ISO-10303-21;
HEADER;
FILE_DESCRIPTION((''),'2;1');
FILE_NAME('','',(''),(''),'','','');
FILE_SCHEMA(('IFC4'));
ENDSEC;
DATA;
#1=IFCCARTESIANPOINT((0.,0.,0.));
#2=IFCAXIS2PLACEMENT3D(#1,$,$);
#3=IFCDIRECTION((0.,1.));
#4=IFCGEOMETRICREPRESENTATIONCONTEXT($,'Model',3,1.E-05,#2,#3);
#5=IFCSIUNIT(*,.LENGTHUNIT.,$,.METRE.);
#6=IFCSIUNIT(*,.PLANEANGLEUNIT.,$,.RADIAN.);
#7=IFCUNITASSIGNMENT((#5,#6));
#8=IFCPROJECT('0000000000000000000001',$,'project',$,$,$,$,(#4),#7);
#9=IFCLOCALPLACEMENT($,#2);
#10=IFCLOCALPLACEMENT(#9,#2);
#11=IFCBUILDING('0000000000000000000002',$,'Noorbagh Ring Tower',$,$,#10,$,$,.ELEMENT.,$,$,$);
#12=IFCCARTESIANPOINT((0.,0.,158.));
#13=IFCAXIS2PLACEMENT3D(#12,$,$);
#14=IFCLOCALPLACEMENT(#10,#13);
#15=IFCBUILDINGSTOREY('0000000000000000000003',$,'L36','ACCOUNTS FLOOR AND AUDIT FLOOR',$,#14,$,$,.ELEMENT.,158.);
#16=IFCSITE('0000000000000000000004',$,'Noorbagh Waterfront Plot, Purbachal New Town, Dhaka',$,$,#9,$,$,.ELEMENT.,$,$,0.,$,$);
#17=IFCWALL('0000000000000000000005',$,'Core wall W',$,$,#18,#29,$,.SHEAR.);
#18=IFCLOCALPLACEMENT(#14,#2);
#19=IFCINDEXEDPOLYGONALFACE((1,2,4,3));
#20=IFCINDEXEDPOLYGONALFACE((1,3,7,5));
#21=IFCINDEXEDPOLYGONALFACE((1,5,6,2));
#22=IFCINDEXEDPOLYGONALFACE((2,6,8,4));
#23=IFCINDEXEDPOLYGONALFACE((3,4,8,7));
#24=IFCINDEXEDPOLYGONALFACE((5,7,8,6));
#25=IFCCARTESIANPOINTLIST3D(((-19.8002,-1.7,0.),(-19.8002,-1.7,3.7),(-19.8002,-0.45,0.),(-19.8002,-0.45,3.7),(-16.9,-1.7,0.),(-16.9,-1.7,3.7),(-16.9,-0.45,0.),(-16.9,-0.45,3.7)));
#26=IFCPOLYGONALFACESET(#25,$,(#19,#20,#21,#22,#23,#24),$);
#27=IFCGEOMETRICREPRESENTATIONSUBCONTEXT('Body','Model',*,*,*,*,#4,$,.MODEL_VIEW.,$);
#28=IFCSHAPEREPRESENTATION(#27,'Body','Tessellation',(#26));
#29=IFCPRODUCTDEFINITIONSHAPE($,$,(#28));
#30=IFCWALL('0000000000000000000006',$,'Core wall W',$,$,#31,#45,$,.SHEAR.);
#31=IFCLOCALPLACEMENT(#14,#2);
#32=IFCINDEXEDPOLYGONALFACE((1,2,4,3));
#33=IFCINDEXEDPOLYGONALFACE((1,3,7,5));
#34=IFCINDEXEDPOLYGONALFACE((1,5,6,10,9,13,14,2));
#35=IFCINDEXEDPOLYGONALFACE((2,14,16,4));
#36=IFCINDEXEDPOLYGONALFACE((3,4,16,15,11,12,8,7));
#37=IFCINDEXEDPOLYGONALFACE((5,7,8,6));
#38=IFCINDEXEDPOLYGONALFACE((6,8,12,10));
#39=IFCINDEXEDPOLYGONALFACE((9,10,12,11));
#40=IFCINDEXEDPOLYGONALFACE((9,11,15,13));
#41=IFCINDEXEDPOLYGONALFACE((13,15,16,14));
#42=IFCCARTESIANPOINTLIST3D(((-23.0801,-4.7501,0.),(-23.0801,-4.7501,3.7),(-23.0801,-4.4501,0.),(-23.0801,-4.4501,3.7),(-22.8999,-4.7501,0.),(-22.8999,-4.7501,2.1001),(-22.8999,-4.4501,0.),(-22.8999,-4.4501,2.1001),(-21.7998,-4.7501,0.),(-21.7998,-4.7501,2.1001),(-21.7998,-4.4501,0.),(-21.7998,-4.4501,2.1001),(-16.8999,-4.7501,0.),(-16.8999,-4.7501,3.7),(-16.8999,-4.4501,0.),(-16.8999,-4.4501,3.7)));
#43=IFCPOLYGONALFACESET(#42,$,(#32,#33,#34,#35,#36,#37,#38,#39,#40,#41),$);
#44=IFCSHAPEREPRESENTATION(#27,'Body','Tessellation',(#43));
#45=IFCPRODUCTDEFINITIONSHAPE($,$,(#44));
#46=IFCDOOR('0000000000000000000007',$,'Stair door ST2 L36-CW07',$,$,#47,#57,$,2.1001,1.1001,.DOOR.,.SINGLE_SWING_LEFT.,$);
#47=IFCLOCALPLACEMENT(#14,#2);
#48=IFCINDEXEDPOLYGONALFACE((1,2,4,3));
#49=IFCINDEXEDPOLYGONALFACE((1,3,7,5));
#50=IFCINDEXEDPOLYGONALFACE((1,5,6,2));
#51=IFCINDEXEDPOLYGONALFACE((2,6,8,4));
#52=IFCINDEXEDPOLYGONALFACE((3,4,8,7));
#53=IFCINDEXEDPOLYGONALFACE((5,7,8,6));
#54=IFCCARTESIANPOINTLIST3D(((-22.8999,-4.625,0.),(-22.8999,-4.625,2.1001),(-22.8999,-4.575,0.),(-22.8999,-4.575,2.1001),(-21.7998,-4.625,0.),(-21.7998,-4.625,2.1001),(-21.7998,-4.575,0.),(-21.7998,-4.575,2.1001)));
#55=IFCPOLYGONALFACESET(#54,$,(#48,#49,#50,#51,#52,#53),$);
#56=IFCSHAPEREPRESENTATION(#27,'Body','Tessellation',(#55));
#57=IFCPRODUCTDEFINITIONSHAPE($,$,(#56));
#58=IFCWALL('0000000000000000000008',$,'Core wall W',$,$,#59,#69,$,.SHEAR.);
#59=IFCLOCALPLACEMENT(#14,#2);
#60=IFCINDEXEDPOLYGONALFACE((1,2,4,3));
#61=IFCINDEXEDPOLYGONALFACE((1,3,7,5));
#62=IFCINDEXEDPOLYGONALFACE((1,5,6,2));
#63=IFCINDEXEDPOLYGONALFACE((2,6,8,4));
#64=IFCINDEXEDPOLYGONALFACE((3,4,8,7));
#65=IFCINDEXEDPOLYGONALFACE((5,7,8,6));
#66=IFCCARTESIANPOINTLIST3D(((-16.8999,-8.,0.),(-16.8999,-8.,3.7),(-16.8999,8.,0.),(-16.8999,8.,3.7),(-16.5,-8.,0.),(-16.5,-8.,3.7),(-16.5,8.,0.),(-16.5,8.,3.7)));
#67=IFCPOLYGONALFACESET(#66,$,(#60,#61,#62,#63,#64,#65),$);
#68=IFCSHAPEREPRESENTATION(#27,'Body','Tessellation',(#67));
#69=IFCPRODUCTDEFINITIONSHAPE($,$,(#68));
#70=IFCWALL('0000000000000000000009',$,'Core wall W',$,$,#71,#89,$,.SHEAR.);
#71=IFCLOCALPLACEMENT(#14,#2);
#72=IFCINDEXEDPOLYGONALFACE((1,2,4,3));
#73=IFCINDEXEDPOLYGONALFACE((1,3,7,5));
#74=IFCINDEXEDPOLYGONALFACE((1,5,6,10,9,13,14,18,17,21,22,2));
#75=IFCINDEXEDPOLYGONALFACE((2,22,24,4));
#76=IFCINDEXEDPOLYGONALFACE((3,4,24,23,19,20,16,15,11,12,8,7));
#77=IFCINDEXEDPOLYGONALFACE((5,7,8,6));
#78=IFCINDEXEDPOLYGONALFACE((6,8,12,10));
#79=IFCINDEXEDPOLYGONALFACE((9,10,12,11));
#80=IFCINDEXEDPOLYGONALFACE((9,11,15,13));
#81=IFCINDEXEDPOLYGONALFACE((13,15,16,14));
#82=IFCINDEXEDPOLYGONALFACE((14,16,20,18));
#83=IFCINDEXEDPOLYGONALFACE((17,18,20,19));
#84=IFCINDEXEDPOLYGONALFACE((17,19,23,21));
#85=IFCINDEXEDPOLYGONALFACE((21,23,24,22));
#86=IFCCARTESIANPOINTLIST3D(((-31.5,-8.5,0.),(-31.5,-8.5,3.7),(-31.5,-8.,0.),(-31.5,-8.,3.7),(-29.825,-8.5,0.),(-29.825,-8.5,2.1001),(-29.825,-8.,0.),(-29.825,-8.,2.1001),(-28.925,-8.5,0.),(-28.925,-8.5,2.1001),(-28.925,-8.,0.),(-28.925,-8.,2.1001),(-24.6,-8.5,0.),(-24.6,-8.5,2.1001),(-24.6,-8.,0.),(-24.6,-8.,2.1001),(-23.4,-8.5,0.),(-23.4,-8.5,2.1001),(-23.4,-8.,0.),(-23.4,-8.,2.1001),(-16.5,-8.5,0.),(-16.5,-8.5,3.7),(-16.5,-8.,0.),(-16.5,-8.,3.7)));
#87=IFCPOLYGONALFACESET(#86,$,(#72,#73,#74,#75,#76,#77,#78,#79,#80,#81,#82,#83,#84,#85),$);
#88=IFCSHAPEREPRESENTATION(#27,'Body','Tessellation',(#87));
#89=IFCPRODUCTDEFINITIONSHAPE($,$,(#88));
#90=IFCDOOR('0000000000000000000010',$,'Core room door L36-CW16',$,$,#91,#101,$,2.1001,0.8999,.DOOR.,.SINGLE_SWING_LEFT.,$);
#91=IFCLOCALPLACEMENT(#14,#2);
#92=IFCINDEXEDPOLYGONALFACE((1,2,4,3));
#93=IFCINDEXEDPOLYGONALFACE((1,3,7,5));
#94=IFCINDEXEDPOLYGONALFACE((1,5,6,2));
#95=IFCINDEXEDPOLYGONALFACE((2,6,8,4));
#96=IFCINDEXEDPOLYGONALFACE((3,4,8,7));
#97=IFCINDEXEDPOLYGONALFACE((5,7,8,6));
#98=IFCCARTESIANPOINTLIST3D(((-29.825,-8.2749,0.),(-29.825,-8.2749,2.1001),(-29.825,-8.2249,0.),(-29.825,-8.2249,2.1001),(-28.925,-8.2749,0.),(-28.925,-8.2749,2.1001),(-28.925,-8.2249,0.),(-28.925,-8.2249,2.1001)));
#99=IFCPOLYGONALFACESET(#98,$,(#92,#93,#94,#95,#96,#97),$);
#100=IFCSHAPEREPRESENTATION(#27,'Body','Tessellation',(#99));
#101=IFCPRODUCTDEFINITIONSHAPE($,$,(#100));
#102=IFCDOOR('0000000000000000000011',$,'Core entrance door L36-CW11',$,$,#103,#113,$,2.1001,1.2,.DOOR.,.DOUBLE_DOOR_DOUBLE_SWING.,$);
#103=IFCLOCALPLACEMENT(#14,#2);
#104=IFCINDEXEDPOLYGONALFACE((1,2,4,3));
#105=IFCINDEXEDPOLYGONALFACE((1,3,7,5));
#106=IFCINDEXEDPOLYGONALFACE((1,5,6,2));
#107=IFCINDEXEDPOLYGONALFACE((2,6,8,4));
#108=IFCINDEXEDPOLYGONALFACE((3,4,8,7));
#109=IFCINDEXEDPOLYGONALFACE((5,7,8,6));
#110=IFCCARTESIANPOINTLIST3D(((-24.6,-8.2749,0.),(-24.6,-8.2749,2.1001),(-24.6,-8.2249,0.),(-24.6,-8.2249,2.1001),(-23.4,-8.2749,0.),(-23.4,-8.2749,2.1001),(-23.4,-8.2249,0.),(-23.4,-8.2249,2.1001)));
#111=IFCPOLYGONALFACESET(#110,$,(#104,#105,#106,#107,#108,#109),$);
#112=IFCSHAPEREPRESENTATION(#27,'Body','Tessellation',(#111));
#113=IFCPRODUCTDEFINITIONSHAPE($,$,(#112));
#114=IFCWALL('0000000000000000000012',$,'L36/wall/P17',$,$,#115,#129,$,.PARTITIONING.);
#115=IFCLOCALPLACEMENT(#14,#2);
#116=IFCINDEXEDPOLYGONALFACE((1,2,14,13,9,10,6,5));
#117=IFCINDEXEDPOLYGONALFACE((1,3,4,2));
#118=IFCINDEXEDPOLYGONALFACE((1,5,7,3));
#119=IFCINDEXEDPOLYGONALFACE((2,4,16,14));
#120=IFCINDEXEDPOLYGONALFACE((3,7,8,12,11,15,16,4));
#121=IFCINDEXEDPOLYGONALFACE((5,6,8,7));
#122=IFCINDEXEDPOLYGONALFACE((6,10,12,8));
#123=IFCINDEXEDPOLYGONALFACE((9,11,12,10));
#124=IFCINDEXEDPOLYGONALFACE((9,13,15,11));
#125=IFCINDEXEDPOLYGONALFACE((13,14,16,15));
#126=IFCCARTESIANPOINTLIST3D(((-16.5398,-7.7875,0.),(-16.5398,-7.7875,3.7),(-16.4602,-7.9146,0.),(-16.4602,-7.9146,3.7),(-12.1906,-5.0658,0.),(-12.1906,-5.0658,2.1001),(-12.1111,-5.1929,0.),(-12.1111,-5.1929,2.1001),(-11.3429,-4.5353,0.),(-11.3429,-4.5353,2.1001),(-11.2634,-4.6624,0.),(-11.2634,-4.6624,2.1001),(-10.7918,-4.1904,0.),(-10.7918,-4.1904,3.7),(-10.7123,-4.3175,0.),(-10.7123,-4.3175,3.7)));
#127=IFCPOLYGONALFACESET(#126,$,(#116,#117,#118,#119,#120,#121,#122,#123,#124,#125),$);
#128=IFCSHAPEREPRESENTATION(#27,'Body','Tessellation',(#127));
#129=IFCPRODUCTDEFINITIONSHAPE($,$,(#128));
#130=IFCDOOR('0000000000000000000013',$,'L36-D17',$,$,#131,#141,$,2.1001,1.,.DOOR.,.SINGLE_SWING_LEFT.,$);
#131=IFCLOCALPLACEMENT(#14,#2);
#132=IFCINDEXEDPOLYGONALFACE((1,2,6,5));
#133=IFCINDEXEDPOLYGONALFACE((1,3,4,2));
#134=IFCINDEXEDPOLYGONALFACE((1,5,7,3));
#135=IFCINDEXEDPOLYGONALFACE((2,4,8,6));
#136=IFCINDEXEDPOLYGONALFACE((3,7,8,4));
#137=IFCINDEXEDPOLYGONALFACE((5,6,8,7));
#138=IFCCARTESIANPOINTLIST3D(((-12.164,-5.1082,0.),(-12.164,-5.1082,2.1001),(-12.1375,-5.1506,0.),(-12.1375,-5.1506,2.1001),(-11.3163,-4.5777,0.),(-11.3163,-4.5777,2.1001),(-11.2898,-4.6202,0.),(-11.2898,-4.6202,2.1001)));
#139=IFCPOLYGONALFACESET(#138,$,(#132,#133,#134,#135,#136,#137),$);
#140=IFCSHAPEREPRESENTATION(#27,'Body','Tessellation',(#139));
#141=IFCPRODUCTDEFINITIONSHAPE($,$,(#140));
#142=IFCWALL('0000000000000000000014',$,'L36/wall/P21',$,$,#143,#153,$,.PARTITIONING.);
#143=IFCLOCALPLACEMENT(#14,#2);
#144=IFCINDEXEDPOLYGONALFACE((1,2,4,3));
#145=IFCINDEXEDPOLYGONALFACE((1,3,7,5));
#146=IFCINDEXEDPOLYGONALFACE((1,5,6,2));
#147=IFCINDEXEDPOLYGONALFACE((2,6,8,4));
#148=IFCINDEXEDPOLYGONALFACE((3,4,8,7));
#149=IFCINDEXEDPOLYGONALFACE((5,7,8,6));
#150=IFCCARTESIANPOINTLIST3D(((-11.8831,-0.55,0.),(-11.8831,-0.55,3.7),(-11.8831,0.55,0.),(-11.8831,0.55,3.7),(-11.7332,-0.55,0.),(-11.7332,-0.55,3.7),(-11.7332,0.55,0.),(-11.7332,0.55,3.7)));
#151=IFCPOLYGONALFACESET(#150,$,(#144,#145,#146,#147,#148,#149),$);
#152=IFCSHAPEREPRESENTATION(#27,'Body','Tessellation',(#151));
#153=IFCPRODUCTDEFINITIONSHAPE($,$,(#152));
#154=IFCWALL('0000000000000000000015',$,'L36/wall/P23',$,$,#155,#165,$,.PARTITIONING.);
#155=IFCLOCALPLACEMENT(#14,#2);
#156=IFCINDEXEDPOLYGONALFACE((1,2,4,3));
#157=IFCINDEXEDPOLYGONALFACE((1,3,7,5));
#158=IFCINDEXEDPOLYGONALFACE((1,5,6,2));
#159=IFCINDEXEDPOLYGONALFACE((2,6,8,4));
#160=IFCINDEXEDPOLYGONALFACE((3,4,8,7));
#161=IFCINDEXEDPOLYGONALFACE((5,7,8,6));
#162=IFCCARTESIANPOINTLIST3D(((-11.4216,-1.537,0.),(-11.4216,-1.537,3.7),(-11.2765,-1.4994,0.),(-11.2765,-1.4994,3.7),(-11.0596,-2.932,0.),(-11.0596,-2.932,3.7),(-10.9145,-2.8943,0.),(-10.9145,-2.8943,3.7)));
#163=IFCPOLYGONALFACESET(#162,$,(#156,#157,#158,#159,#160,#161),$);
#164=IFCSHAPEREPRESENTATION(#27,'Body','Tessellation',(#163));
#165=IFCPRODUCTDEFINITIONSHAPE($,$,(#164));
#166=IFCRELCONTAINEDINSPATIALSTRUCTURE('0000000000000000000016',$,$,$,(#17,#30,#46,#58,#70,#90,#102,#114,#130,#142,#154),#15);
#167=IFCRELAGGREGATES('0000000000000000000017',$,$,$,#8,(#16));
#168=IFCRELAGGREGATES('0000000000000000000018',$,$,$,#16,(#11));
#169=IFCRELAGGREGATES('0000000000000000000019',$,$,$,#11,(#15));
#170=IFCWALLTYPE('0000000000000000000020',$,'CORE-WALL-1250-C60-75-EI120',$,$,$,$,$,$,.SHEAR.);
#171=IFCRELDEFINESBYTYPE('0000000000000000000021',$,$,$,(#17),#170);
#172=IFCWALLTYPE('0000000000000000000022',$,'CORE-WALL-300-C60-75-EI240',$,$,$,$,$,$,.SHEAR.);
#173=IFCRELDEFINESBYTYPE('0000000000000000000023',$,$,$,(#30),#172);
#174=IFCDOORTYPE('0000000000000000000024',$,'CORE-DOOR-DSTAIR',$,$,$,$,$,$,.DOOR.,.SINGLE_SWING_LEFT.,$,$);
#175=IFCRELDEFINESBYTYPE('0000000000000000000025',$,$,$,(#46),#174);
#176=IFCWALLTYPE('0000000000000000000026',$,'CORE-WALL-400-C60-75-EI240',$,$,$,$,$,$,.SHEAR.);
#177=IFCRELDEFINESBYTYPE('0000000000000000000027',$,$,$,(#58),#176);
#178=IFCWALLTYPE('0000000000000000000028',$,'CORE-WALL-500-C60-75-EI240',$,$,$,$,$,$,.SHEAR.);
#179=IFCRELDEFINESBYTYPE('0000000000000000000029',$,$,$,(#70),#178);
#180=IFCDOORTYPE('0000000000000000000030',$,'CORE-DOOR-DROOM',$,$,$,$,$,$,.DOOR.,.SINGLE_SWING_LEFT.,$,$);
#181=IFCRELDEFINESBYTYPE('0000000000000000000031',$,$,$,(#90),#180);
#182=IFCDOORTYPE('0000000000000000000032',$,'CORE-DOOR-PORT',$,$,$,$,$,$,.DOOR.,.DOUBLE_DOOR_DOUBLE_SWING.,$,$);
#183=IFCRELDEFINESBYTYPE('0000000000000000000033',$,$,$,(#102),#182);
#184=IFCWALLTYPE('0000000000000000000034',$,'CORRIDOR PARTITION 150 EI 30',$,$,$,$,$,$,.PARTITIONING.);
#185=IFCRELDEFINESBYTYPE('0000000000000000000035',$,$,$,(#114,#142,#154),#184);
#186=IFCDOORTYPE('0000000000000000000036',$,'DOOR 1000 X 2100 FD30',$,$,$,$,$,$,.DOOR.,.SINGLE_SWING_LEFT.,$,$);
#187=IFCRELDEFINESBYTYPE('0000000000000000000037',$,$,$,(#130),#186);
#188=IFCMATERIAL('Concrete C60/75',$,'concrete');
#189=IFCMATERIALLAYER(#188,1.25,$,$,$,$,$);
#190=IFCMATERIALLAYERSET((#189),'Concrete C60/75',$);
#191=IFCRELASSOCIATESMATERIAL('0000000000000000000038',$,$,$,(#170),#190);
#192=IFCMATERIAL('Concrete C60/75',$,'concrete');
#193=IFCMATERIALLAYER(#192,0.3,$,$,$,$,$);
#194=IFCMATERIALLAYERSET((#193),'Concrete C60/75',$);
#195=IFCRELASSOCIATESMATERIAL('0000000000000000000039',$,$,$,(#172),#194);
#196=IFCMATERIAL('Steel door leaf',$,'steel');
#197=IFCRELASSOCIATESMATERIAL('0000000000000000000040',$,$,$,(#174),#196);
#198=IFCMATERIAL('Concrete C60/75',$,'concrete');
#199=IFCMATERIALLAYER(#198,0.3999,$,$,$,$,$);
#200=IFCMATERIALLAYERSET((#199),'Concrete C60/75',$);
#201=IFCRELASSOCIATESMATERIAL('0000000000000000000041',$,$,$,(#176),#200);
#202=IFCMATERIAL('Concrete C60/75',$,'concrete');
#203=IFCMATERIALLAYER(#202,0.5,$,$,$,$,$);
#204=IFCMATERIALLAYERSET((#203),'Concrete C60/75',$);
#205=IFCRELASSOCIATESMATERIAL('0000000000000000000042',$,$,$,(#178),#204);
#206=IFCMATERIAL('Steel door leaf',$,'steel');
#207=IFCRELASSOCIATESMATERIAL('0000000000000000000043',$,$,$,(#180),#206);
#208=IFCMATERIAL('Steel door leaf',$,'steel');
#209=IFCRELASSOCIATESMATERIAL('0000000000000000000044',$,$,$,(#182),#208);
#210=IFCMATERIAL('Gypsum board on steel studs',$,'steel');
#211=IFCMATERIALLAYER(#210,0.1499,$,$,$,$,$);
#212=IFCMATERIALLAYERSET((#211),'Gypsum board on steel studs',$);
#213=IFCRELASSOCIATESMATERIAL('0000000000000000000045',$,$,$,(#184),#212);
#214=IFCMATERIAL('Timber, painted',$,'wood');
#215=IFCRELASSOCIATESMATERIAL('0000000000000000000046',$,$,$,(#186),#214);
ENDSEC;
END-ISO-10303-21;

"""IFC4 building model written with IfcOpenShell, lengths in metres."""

from ifc_helpers import new_model, si_unit, direction, frame, frame_2d, origin, place, context, subcontext, project, spatial, rectangle, extrude, material, layer, layer_set, type_object, element, fill, save


model = new_model("IFC4")

# Units and contexts
model_context = context("Model", 3, precision=1e-05, world=origin(), true_north=direction((0.0, 1.0)))
body_context = subcontext(model_context, "Body", "Model", "MODEL_VIEW")
ifc_project = project(units=[si_unit("LENGTHUNIT", "METRE"), si_unit("PLANEANGLEUNIT", "RADIAN")], contexts=[model_context])

# Site, building, storey
site_placement = place(None, origin())
site = spatial("IfcSite", under=ifc_project, at=site_placement, Name="Noorbagh Waterfront Plot, Purbachal New Town, Dhaka", CompositionType="ELEMENT", RefElevation=0.0)
building_placement = place(site_placement, origin())
building = spatial("IfcBuilding", under=site, at=building_placement, Name="Noorbagh Ring Tower", CompositionType="ELEMENT")
storey_placement = place(building_placement, frame((0.0, 0.0, 158.0)))
storey = spatial("IfcBuildingStorey", under=building, at=storey_placement, Name="L36", Description="ACCOUNTS FLOOR AND AUDIT FLOOR", CompositionType="ELEMENT", Elevation=158.0)

# Wall
ifc_material_1 = material(Name="Concrete C60/75", Category="concrete")
ifc_layer_1 = layer(ifc_material_1, 1.25)
ifc_layer_set_1 = layer_set([ifc_layer_1], Name="Concrete C60/75")
wall_type_1 = type_object("IfcWallType", Name="CORE-WALL-1250-C60-75-EI120", PredefinedType="SHEAR", material=ifc_layer_set_1)
wall_1_placement = place(storey_placement, frame((-16.8999, -1.075, 0.0), z_axis=(0.0, 0.0, 1.0), x_axis=(-1.0, 0.0, 0.0)))
element("IfcWall", 1, at=wall_1_placement, inside=storey, type_object=wall_type_1, Name="Core wall W", PredefinedType="SHEAR", context=body_context, shape_type="SweptSolid", body=[
    extrude(rectangle(XDim=2.9001, YDim=1.25, at=frame_2d((1.4502, 0.0))), origin(), (0.0, 0.0, 1.0), 3.7),
])

# Wall, opening, door
ifc_material_2 = material(Name="Concrete C60/75", Category="concrete")
ifc_layer_2 = layer(ifc_material_2, 0.3)
ifc_layer_set_2 = layer_set([ifc_layer_2], Name="Concrete C60/75")
wall_type_2 = type_object("IfcWallType", Name="CORE-WALL-300-C60-75-EI240", PredefinedType="SHEAR", material=ifc_layer_set_2)
wall_2_placement = place(storey_placement, frame((-16.8999, -4.6001, 0.0), z_axis=(0.0, 0.0, 1.0), x_axis=(-1.0, 0.0, 0.0)))
wall_2 = element("IfcWall", 2, at=wall_2_placement, inside=storey, type_object=wall_type_2, Name="Core wall W", PredefinedType="SHEAR", context=body_context, shape_type="SweptSolid", body=[
    extrude(rectangle(XDim=6.1802, YDim=0.3, at=frame_2d((3.0901, 0.0))), origin(), (0.0, 0.0, 1.0), 3.7),
])
opening_1_placement = place(wall_2_placement, frame((4.8999, 0.0, 0.0)))
opening_1 = element("IfcOpeningElement", 3, at=opening_1_placement, cuts=wall_2, PredefinedType="OPENING", context=body_context, shape_type="SweptSolid", body=[
    extrude(rectangle(XDim=1.1001, YDim=2.1001, at=frame_2d((0.55, 1.05))), frame((0.0, 0.1602, 0.0), z_axis=(0.0, -1.0, 0.0), x_axis=(1.0, 0.0, 0.0)), (0.0, 0.0, 1.0), 0.3201),
])
ifc_material_3 = material(Name="Steel door leaf", Category="steel")
door_type_1 = type_object("IfcDoorType", Name="CORE-DOOR-DSTAIR", OperationType="SINGLE_SWING_LEFT", PredefinedType="DOOR", material=ifc_material_3)
door_1_placement = place(opening_1_placement, origin())
door_1 = element("IfcDoor", 4, at=door_1_placement, inside=storey, type_object=door_type_1, Name="Stair door ST2 L36-CW07", OperationType="SINGLE_SWING_LEFT", OverallHeight=2.1001, OverallWidth=1.1001, PredefinedType="DOOR", context=body_context, shape_type="SweptSolid", body=[
    extrude(rectangle(XDim=1.1001, YDim=2.1001, at=frame_2d((0.55, 1.05))), frame((0.0, 0.0249, 0.0), z_axis=(0.0, -1.0, 0.0), x_axis=(1.0, 0.0, 0.0)), (0.0, 0.0, 1.0), 0.05),
])
fill(opening_1, door_1)

# Wall
ifc_material_4 = material(Name="Concrete C60/75", Category="concrete")
ifc_layer_3 = layer(ifc_material_4, 0.3999)
ifc_layer_set_3 = layer_set([ifc_layer_3], Name="Concrete C60/75")
wall_type_3 = type_object("IfcWallType", Name="CORE-WALL-400-C60-75-EI240", PredefinedType="SHEAR", material=ifc_layer_set_3)
wall_3_placement = place(storey_placement, frame((-16.7, -8.0, 0.0), z_axis=(0.0, 0.0, 1.0), x_axis=(0.0, 1.0, 0.0)))
element("IfcWall", 5, at=wall_3_placement, inside=storey, type_object=wall_type_3, Name="Core wall W", PredefinedType="SHEAR", context=body_context, shape_type="SweptSolid", body=[
    extrude(rectangle(XDim=16.0, YDim=0.3999, at=frame_2d((8.0, 0.0))), origin(), (0.0, 0.0, 1.0), 3.7),
])

# Wall, openings, doors
ifc_material_5 = material(Name="Concrete C60/75", Category="concrete")
ifc_layer_4 = layer(ifc_material_5, 0.5)
ifc_layer_set_4 = layer_set([ifc_layer_4], Name="Concrete C60/75")
wall_type_4 = type_object("IfcWallType", Name="CORE-WALL-500-C60-75-EI240", PredefinedType="SHEAR", material=ifc_layer_set_4)
wall_4_placement = place(storey_placement, frame((-16.5, -8.25, 0.0), z_axis=(0.0, 0.0, 1.0), x_axis=(-1.0, 0.0, 0.0)))
wall_4 = element("IfcWall", 6, at=wall_4_placement, inside=storey, type_object=wall_type_4, Name="Core wall W", PredefinedType="SHEAR", context=body_context, shape_type="SweptSolid", body=[
    extrude(rectangle(XDim=15.0, YDim=0.5, at=frame_2d((7.5, 0.0))), origin(), (0.0, 0.0, 1.0), 3.7),
])
opening_2_placement = place(wall_4_placement, frame((6.8999, 0.0, 0.0)))
opening_2 = element("IfcOpeningElement", 7, at=opening_2_placement, cuts=wall_4, PredefinedType="OPENING", context=body_context, shape_type="SweptSolid", body=[
    extrude(rectangle(XDim=1.2, YDim=2.1001, at=frame_2d((0.6001, 1.05))), frame((0.0, 0.26, 0.0), z_axis=(0.0, -1.0, 0.0), x_axis=(1.0, 0.0, 0.0)), (0.0, 0.0, 1.0), 0.52),
])
opening_3_placement = place(wall_4_placement, frame((12.425, 0.0, 0.0)))
opening_3 = element("IfcOpeningElement", 8, at=opening_3_placement, cuts=wall_4, PredefinedType="OPENING", context=body_context, shape_type="SweptSolid", body=[
    extrude(rectangle(XDim=0.8999, YDim=2.1001, at=frame_2d((0.45, 1.05))), frame((0.0, 0.26, 0.0), z_axis=(0.0, -1.0, 0.0), x_axis=(1.0, 0.0, 0.0)), (0.0, 0.0, 1.0), 0.52),
])
ifc_material_6 = material(Name="Steel door leaf", Category="steel")
door_type_2 = type_object("IfcDoorType", Name="CORE-DOOR-DROOM", OperationType="SINGLE_SWING_LEFT", PredefinedType="DOOR", material=ifc_material_6)
door_2_placement = place(opening_3_placement, origin())
door_2 = element("IfcDoor", 9, at=door_2_placement, inside=storey, type_object=door_type_2, Name="Core room door L36-CW16", OperationType="SINGLE_SWING_LEFT", OverallHeight=2.1001, OverallWidth=0.8999, PredefinedType="DOOR", context=body_context, shape_type="SweptSolid", body=[
    extrude(rectangle(XDim=0.8999, YDim=2.1001, at=frame_2d((0.45, 1.05))), frame((0.0, 0.0249, 0.0), z_axis=(0.0, -1.0, 0.0), x_axis=(1.0, 0.0, 0.0)), (0.0, 0.0, 1.0), 0.05),
])
fill(opening_3, door_2)
ifc_material_7 = material(Name="Steel door leaf", Category="steel")
door_type_3 = type_object("IfcDoorType", Name="CORE-DOOR-PORT", OperationType="DOUBLE_DOOR_DOUBLE_SWING", PredefinedType="DOOR", material=ifc_material_7)
door_3_placement = place(opening_2_placement, origin())
door_3 = element("IfcDoor", 10, at=door_3_placement, inside=storey, type_object=door_type_3, Name="Core entrance door L36-CW11", OperationType="DOUBLE_DOOR_DOUBLE_SWING", OverallHeight=2.1001, OverallWidth=1.2, PredefinedType="DOOR", context=body_context, shape_type="SweptSolid", body=[
    extrude(rectangle(XDim=1.2, YDim=2.1001, at=frame_2d((0.6001, 1.05))), frame((0.0, 0.0249, 0.0), z_axis=(0.0, -1.0, 0.0), x_axis=(1.0, 0.0, 0.0)), (0.0, 0.0, 1.0), 0.05),
])
fill(opening_2, door_3)

# Wall, opening, door
ifc_material_8 = material(Name="Gypsum board on steel studs", Category="steel")
ifc_layer_5 = layer(ifc_material_8, 0.1499)
ifc_layer_set_5 = layer_set([ifc_layer_5], Name="Gypsum board on steel studs")
wall_type_5 = type_object("IfcWallType", Name="CORRIDOR PARTITION 150 EI 30", PredefinedType="PARTITIONING", material=ifc_layer_set_5)
wall_5_placement = place(storey_placement, frame((-16.5, -7.8511, 0.0), z_axis=(0.0, 0.0, 1.0), x_axis=(0.847691, 0.530491, 0.0)))
wall_5 = element("IfcWall", 11, at=wall_5_placement, inside=storey, type_object=wall_type_5, Name="L36/wall/P17", PredefinedType="PARTITIONING", context=body_context, shape_type="SweptSolid", body=[
    extrude(rectangle(XDim=6.7808, YDim=0.1499, at=frame_2d((3.3904, 0.0))), origin(), (0.0, 0.0, 1.0), 3.7),
])
opening_4_placement = place(wall_5_placement, frame((5.1306, 0.0, 0.0)))
opening_4 = element("IfcOpeningElement", 12, at=opening_4_placement, cuts=wall_5, PredefinedType="OPENING", context=body_context, shape_type="SweptSolid", body=[
    extrude(rectangle(XDim=1.0, YDim=2.1001, at=frame_2d((0.5, 1.05))), frame((0.0, 0.085, 0.0), z_axis=(0.0, -1.0, 0.0), x_axis=(1.0, 0.0, 0.0)), (0.0, 0.0, 1.0), 0.1699),
])
ifc_material_9 = material(Name="Timber, painted", Category="wood")
door_type_4 = type_object("IfcDoorType", Name="DOOR 1000 X 2100 FD30", OperationType="SINGLE_SWING_LEFT", PredefinedType="DOOR", material=ifc_material_9)
door_4_placement = place(opening_4_placement, origin())
door_4 = element("IfcDoor", 13, at=door_4_placement, inside=storey, type_object=door_type_4, Name="L36-D17", OperationType="SINGLE_SWING_LEFT", OverallHeight=2.1001, OverallWidth=1.0, PredefinedType="DOOR", context=body_context, shape_type="SweptSolid", body=[
    extrude(rectangle(XDim=1.0, YDim=2.1001, at=frame_2d((0.5, 1.05))), frame((0.0, 0.0249, 0.0), z_axis=(0.0, -1.0, 0.0), x_axis=(1.0, 0.0, 0.0)), (0.0, 0.0, 1.0), 0.05),
])
fill(opening_4, door_4)

# Walls
wall_6_placement = place(storey_placement, frame((-11.8081, -0.55, 0.0), z_axis=(0.0, 0.0, 1.0), x_axis=(0.0, 1.0, 0.0)))
element("IfcWall", 14, at=wall_6_placement, inside=storey, type_object=wall_type_5, Name="L36/wall/P21", PredefinedType="PARTITIONING", context=body_context, shape_type="SweptSolid", body=[
    extrude(rectangle(XDim=1.1001, YDim=0.1499, at=frame_2d((0.55, 0.0))), origin(), (0.0, 0.0, 1.0), 3.7),
])
wall_7_placement = place(storey_placement, frame((-11.3491, -1.5181, 0.0), z_axis=(0.0, 0.0, 1.0), x_axis=(0.251215, -0.967931, 0.0)))
element("IfcWall", 15, at=wall_7_placement, inside=storey, type_object=wall_type_5, Name="L36/wall/P23", PredefinedType="PARTITIONING", context=body_context, shape_type="SweptSolid", body=[
    extrude(rectangle(XDim=1.4412, YDim=0.1499, at=frame_2d((0.7207, 0.0))), origin(), (0.0, 0.0, 1.0), 3.7),
])

save(model, "model.ifc")
